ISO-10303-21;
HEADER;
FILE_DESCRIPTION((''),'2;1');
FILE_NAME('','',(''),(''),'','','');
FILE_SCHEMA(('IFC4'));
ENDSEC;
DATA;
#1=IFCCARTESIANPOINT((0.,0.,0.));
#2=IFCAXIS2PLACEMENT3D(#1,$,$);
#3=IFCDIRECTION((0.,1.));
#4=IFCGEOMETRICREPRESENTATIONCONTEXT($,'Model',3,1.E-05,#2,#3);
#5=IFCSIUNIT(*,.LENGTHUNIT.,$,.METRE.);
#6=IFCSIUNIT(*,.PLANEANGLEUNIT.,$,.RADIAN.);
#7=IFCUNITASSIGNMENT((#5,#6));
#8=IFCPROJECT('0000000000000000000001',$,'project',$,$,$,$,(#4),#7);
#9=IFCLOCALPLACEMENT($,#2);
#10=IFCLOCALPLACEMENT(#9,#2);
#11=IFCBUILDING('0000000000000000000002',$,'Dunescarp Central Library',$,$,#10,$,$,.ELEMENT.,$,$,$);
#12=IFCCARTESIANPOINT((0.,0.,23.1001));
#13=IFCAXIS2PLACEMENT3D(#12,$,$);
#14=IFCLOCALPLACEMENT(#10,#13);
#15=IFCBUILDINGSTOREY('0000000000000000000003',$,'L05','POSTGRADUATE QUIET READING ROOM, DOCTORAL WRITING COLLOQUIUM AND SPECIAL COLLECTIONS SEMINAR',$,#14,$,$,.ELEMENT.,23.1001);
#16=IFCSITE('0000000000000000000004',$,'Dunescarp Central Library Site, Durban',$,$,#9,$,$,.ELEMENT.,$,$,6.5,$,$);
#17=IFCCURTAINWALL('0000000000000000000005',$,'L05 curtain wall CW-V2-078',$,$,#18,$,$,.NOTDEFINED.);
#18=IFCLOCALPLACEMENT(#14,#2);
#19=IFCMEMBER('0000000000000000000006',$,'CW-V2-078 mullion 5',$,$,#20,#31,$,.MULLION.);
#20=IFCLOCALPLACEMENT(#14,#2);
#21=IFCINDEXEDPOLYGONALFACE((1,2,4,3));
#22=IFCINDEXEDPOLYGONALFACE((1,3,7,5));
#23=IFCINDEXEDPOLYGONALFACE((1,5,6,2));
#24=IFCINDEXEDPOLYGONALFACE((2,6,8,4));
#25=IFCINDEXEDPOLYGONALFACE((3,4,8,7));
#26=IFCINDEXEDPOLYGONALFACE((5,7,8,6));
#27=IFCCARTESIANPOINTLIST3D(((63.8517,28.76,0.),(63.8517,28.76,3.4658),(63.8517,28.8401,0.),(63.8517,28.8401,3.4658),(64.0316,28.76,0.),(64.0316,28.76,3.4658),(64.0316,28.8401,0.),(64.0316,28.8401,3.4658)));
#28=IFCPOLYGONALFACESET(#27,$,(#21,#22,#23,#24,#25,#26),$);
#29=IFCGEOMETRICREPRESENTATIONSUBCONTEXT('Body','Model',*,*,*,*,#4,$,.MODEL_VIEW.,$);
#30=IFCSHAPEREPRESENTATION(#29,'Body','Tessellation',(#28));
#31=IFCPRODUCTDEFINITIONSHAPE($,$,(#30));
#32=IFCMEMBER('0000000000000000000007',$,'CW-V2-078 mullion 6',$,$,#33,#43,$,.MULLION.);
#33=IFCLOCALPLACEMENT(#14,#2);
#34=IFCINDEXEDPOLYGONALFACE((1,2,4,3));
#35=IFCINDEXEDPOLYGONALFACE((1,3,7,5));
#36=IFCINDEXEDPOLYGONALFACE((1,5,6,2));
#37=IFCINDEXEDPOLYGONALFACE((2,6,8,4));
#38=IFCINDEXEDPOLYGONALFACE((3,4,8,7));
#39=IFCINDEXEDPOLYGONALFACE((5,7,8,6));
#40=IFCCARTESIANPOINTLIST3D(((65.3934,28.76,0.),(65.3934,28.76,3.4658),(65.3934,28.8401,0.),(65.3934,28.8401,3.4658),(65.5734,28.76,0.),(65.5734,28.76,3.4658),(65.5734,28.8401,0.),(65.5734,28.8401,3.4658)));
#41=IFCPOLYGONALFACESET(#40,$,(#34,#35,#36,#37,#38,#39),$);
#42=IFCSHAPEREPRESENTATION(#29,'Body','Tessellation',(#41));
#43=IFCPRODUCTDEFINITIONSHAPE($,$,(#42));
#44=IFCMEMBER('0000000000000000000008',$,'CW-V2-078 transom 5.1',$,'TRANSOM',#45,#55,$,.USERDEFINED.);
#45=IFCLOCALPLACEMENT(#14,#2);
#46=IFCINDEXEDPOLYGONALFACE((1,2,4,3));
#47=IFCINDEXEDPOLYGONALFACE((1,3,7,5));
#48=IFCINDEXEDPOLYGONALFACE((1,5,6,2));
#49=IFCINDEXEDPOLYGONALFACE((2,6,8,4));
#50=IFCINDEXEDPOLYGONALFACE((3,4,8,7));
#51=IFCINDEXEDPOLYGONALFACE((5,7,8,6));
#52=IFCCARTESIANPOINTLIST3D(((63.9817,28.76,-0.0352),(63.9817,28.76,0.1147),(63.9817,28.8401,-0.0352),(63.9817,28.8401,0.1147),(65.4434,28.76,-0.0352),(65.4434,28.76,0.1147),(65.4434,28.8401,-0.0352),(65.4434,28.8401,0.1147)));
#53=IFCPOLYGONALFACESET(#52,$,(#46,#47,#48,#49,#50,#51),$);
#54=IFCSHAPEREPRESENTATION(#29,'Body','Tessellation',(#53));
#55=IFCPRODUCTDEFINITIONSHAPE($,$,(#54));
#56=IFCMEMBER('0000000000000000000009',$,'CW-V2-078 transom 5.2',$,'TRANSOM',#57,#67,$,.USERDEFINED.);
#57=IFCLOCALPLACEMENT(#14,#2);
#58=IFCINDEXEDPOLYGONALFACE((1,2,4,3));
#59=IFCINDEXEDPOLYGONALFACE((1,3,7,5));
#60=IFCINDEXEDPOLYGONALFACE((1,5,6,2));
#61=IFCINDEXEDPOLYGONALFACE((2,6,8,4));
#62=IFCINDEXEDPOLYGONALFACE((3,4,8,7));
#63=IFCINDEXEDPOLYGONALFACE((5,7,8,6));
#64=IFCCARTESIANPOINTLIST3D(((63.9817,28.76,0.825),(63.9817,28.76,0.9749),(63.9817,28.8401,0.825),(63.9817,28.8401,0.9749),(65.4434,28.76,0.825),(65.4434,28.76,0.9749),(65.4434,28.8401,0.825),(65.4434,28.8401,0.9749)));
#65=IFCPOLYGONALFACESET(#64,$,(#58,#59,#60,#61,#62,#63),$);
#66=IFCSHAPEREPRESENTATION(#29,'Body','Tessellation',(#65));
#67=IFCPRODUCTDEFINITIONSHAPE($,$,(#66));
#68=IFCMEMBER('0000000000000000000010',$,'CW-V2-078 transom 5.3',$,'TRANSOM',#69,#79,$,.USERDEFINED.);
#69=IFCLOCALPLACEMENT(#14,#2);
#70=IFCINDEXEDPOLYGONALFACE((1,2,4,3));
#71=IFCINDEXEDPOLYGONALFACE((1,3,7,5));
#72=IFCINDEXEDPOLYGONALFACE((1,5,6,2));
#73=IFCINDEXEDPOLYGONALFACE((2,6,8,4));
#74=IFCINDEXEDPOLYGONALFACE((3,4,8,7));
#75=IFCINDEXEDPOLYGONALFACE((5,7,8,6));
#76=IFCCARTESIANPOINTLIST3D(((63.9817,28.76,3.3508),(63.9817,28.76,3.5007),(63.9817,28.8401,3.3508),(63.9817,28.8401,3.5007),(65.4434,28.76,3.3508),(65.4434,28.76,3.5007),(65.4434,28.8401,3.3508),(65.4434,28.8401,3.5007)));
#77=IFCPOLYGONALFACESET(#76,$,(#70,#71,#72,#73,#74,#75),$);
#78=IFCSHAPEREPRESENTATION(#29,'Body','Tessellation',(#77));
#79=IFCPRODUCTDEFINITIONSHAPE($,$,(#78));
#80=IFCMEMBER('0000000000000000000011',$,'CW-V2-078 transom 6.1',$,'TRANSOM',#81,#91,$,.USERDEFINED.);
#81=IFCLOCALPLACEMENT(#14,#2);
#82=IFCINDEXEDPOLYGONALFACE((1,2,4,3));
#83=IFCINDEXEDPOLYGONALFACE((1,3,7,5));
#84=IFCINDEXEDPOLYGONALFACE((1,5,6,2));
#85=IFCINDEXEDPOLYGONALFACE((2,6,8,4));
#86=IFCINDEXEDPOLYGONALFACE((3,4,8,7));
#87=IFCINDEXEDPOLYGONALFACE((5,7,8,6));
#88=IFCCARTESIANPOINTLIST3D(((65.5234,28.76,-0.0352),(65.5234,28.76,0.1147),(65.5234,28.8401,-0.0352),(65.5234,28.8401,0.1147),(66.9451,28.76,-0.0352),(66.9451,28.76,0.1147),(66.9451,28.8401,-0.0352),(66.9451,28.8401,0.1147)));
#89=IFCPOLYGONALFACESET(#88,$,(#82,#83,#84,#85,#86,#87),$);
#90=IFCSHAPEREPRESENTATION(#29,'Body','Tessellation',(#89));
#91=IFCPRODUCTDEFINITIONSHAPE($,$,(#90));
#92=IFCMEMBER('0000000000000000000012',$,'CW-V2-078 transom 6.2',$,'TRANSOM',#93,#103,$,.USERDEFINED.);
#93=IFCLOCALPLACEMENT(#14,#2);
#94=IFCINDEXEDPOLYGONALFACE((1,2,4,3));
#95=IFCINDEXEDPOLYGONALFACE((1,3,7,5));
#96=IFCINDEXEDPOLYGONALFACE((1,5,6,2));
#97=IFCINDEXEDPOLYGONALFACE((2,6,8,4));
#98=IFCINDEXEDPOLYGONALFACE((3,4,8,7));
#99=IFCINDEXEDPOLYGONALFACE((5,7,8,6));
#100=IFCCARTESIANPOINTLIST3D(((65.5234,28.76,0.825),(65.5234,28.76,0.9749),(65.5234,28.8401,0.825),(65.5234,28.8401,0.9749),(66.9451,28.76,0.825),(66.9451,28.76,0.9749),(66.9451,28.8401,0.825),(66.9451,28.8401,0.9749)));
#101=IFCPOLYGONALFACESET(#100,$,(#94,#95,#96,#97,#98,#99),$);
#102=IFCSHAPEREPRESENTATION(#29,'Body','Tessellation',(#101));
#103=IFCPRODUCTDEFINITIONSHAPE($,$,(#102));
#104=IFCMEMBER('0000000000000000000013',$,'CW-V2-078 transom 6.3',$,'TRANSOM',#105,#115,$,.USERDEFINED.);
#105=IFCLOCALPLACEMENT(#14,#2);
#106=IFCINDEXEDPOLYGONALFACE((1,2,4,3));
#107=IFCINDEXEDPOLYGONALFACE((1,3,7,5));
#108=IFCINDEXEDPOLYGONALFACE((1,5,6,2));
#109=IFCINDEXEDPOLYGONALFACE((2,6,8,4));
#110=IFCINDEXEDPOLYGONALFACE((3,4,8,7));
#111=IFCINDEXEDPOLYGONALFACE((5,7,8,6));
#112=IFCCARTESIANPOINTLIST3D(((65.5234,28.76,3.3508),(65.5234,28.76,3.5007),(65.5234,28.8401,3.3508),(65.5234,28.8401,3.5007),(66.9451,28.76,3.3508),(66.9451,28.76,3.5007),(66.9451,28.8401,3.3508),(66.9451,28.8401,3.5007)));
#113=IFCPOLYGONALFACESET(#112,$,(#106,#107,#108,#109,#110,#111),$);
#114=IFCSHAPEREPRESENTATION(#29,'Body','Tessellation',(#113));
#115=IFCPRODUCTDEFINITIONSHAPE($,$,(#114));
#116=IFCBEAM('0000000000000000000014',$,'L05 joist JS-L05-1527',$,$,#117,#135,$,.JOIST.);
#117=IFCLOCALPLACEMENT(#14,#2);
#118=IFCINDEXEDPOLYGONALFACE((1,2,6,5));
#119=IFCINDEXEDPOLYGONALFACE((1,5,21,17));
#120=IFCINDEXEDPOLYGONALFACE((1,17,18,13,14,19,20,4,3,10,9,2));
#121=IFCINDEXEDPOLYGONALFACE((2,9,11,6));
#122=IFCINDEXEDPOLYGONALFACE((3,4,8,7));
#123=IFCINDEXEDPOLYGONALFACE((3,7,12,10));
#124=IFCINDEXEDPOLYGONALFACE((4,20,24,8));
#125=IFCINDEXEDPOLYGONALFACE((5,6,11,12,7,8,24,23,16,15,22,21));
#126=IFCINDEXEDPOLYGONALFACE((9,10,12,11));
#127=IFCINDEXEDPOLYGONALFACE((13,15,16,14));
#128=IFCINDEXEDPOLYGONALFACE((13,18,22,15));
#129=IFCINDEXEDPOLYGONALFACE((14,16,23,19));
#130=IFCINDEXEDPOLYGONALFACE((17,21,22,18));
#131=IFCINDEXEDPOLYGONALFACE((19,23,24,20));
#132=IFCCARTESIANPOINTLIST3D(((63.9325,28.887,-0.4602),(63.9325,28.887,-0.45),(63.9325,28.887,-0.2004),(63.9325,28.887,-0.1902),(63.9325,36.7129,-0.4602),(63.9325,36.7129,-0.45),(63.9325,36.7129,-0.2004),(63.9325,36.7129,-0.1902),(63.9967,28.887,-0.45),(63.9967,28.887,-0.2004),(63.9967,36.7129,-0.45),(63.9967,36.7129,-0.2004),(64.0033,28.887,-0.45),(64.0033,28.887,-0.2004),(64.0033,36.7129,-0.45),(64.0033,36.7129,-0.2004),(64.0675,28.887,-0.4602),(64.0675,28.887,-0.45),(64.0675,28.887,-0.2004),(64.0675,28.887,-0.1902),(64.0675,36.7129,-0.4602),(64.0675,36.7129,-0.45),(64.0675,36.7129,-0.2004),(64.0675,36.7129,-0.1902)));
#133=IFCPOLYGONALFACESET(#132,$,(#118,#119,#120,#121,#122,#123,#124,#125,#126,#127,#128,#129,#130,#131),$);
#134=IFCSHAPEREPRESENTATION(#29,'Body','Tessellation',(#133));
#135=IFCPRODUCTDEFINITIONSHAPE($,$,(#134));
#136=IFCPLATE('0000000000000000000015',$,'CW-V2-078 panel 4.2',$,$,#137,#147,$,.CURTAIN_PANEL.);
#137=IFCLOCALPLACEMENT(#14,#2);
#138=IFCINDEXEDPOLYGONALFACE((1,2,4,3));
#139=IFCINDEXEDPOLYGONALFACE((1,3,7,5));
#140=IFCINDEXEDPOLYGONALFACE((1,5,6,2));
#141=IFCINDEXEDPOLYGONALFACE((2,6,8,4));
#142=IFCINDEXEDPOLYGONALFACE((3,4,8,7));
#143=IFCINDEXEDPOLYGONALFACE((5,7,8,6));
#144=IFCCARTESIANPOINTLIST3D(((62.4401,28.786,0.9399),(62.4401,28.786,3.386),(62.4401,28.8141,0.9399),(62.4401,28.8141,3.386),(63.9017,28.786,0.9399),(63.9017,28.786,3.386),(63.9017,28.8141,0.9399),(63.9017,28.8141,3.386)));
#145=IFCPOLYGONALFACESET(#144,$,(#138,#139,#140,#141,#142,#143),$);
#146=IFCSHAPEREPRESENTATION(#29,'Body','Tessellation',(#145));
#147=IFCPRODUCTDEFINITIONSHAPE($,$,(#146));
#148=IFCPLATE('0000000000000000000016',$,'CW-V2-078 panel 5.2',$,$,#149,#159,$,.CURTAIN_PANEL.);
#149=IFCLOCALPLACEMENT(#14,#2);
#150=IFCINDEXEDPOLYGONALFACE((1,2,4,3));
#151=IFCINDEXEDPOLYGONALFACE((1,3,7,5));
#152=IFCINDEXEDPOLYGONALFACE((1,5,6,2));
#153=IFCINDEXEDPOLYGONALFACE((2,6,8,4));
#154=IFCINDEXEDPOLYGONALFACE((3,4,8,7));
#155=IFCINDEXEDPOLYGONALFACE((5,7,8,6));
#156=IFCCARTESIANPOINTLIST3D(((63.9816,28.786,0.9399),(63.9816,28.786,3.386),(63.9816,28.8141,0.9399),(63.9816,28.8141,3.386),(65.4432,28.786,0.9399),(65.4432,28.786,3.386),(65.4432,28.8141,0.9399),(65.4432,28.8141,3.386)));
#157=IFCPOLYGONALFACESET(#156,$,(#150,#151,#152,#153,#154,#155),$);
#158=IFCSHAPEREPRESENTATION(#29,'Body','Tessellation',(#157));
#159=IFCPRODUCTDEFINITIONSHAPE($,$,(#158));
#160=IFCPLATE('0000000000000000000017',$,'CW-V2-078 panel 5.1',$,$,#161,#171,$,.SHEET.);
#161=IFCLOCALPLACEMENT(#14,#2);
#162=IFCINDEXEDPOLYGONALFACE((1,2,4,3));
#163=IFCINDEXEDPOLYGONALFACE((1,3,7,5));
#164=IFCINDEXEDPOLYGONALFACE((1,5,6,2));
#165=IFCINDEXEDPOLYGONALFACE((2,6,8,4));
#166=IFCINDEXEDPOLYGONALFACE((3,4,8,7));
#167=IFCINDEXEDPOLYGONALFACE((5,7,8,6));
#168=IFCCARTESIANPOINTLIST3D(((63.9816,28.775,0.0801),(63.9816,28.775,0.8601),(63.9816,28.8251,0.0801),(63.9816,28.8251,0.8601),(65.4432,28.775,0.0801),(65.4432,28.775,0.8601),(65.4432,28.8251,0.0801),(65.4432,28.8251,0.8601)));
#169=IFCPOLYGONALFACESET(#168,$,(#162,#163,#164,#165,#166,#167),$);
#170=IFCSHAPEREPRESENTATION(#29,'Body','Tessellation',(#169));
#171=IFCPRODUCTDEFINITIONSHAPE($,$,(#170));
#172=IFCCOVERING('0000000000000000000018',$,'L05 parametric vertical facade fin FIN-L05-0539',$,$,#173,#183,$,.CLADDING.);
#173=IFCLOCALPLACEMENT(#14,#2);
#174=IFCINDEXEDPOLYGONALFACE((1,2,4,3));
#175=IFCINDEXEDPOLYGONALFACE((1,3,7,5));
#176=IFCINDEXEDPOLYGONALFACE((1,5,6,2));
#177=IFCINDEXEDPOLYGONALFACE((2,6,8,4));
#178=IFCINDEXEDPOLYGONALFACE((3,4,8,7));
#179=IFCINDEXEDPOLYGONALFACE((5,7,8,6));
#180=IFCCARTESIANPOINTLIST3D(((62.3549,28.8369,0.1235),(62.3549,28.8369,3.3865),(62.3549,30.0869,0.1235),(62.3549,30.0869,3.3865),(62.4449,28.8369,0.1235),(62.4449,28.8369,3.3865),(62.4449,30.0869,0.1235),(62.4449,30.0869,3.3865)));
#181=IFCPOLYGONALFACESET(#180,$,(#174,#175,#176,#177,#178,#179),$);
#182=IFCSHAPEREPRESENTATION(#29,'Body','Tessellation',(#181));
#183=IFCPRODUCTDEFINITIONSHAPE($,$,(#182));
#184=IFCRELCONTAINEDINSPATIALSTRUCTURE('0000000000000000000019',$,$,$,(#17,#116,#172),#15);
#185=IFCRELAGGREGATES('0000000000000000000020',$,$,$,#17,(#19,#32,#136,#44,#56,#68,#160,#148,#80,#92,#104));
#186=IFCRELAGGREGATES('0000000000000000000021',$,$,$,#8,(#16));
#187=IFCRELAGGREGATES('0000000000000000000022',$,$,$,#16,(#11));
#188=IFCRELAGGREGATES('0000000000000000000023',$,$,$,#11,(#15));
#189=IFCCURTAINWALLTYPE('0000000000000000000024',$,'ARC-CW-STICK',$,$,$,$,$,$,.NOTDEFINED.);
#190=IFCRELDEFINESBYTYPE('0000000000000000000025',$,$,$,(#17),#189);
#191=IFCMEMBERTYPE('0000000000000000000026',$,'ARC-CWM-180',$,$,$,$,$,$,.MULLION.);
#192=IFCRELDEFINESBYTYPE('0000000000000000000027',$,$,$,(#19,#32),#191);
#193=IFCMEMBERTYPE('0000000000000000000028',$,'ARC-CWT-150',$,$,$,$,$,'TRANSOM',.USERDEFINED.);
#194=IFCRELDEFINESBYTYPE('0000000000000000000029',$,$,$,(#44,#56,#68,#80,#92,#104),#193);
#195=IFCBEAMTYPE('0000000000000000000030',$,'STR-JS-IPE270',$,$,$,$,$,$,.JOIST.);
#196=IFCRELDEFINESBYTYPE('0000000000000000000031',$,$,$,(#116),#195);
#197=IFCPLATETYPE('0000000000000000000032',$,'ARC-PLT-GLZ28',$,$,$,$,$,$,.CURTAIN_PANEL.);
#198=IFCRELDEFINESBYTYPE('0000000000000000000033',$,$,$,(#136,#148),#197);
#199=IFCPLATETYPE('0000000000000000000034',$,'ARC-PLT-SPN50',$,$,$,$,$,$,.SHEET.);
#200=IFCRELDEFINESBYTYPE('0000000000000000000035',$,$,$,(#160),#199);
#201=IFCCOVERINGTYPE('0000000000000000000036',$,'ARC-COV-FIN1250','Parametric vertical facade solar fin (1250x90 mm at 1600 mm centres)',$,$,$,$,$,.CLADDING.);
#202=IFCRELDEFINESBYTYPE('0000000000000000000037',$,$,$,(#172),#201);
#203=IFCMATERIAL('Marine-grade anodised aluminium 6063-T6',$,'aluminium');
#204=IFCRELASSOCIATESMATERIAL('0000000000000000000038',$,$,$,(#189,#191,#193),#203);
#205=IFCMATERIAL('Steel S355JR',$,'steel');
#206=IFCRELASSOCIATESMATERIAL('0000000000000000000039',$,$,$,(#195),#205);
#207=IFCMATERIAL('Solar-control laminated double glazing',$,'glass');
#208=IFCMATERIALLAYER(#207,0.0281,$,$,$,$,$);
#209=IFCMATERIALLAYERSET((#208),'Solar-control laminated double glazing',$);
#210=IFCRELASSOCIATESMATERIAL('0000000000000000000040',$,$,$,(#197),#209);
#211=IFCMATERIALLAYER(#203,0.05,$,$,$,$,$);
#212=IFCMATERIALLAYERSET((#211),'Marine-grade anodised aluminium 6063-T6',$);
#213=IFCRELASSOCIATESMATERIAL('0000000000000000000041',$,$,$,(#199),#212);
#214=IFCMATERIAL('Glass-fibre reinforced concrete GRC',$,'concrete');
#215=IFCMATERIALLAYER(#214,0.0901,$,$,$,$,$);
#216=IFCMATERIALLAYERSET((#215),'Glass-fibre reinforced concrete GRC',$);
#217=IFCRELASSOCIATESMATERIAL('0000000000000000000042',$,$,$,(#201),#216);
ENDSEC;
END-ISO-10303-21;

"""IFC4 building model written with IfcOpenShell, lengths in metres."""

from ifc_helpers import new_model, si_unit, direction, frame, origin, origin_2d, place, context, subcontext, project, spatial, rectangle, i_section, extrude, material, layer, layer_set, material_profile, profile_set, type_object, element, aggregate, save


model = new_model("IFC4")

# Units and contexts
model_context = context("Model", 3, precision=1e-05, world=origin(), true_north=direction((0.0, 1.0)))
body_context = subcontext(model_context, "Body", "Model", "MODEL_VIEW")
ifc_project = project(units=[si_unit("LENGTHUNIT", "METRE"), si_unit("PLANEANGLEUNIT", "RADIAN")], contexts=[model_context])

# Site, building, storey
site_placement = place(None, origin())
site = spatial("IfcSite", under=ifc_project, at=site_placement, Name="Dunescarp Central Library Site, Durban", CompositionType="ELEMENT", RefElevation=6.5)
building_placement = place(site_placement, origin())
building = spatial("IfcBuilding", under=site, at=building_placement, Name="Dunescarp Central Library", CompositionType="ELEMENT")
storey_placement = place(building_placement, frame((0.0, 0.0, 23.1001)))
storey = spatial("IfcBuildingStorey", under=building, at=storey_placement, Name="L05", Description="POSTGRADUATE QUIET READING ROOM, DOCTORAL WRITING COLLOQUIUM AND SPECIAL COLLECTIONS SEMINAR", CompositionType="ELEMENT", Elevation=23.1001)

# Curtain wall, members
ifc_material_1 = material(Name="Marine-grade anodised aluminium 6063-T6", Category="aluminium")
curtain_wall_type = type_object("IfcCurtainWallType", Name="ARC-CW-STICK", PredefinedType="NOTDEFINED", material=ifc_material_1)
curtain_wall_placement = place(storey_placement, origin())
curtain_wall = element("IfcCurtainWall", 1, at=curtain_wall_placement, inside=storey, type_object=curtain_wall_type, Name="L05 curtain wall CW-V2-078", PredefinedType="NOTDEFINED")
ifc_material_profile_1 = material_profile(ifc_material_1, rectangle(XDim=0.0801, YDim=0.1799, at=origin_2d()), Name="AL 80x180")
ifc_profile_set_1 = profile_set([ifc_material_profile_1], Name="Marine-grade anodised aluminium 6063-T6")
member_type_1 = type_object("IfcMemberType", Name="ARC-CWM-180", PredefinedType="MULLION", material=ifc_profile_set_1)
member_1_placement = place(storey_placement, frame((63.9417, 28.8, 0.0), z_axis=(0.0, 0.0, 1.0), x_axis=(0.0, 1.0, 0.0)))
member_1 = element("IfcMember", 2, at=member_1_placement, type_object=member_type_1, Name="CW-V2-078 mullion 5", PredefinedType="MULLION", context=body_context, shape_type="SweptSolid", body=[
    extrude(rectangle(XDim=0.0801, YDim=0.1799, at=origin_2d()), origin(), (0.0, 0.0, 1.0), 3.4658),
])
member_2_placement = place(storey_placement, frame((65.4834, 28.8, 0.0), z_axis=(0.0, 0.0, 1.0), x_axis=(0.0, 1.0, 0.0)))
member_2 = element("IfcMember", 3, at=member_2_placement, type_object=member_type_1, Name="CW-V2-078 mullion 6", PredefinedType="MULLION", context=body_context, shape_type="SweptSolid", body=[
    extrude(rectangle(XDim=0.0801, YDim=0.1799, at=origin_2d()), origin(), (0.0, 0.0, 1.0), 3.4658),
])
ifc_material_profile_2 = material_profile(ifc_material_1, rectangle(XDim=0.0801, YDim=0.1499, at=origin_2d()), Name="AL 80x150")
ifc_profile_set_2 = profile_set([ifc_material_profile_2], Name="Marine-grade anodised aluminium 6063-T6")
member_type_2 = type_object("IfcMemberType", Name="ARC-CWT-150", ElementType="TRANSOM", PredefinedType="USERDEFINED", material=ifc_profile_set_2)
member_3_placement = place(storey_placement, frame((63.9817, 28.8, 0.0398), z_axis=(1.0, 0.0, 0.0), x_axis=(0.0, 1.0, 0.0)))
member_3 = element("IfcMember", 4, at=member_3_placement, type_object=member_type_2, Name="CW-V2-078 transom 5.1", ObjectType="TRANSOM", PredefinedType="USERDEFINED", context=body_context, shape_type="SweptSolid", body=[
    extrude(rectangle(XDim=0.0801, YDim=0.1499, at=origin_2d()), origin(), (0.0, 0.0, 1.0), 1.4617),
])
member_4_placement = place(storey_placement, frame((63.9817, 28.8, 0.8999), z_axis=(1.0, 0.0, 0.0), x_axis=(0.0, 1.0, 0.0)))
member_4 = element("IfcMember", 5, at=member_4_placement, type_object=member_type_2, Name="CW-V2-078 transom 5.2", ObjectType="TRANSOM", PredefinedType="USERDEFINED", context=body_context, shape_type="SweptSolid", body=[
    extrude(rectangle(XDim=0.0801, YDim=0.1499, at=origin_2d()), origin(), (0.0, 0.0, 1.0), 1.4617),
])
member_5_placement = place(storey_placement, frame((63.9817, 28.8, 3.4258), z_axis=(1.0, 0.0, 0.0), x_axis=(0.0, 1.0, 0.0)))
member_5 = element("IfcMember", 6, at=member_5_placement, type_object=member_type_2, Name="CW-V2-078 transom 5.3", ObjectType="TRANSOM", PredefinedType="USERDEFINED", context=body_context, shape_type="SweptSolid", body=[
    extrude(rectangle(XDim=0.0801, YDim=0.1499, at=origin_2d()), origin(), (0.0, 0.0, 1.0), 1.4617),
])
member_6_placement = place(storey_placement, frame((65.5234, 28.8, 0.0398), z_axis=(1.0, 0.0, 0.0), x_axis=(0.0, 1.0, 0.0)))
member_6 = element("IfcMember", 7, at=member_6_placement, type_object=member_type_2, Name="CW-V2-078 transom 6.1", ObjectType="TRANSOM", PredefinedType="USERDEFINED", context=body_context, shape_type="SweptSolid", body=[
    extrude(rectangle(XDim=0.0801, YDim=0.1499, at=origin_2d()), origin(), (0.0, 0.0, 1.0), 1.4216),
])
member_7_placement = place(storey_placement, frame((65.5234, 28.8, 0.8999), z_axis=(1.0, 0.0, 0.0), x_axis=(0.0, 1.0, 0.0)))
member_7 = element("IfcMember", 8, at=member_7_placement, type_object=member_type_2, Name="CW-V2-078 transom 6.2", ObjectType="TRANSOM", PredefinedType="USERDEFINED", context=body_context, shape_type="SweptSolid", body=[
    extrude(rectangle(XDim=0.0801, YDim=0.1499, at=origin_2d()), origin(), (0.0, 0.0, 1.0), 1.4216),
])
member_8_placement = place(storey_placement, frame((65.5234, 28.8, 3.4258), z_axis=(1.0, 0.0, 0.0), x_axis=(0.0, 1.0, 0.0)))
member_8 = element("IfcMember", 9, at=member_8_placement, type_object=member_type_2, Name="CW-V2-078 transom 6.3", ObjectType="TRANSOM", PredefinedType="USERDEFINED", context=body_context, shape_type="SweptSolid", body=[
    extrude(rectangle(XDim=0.0801, YDim=0.1499, at=origin_2d()), origin(), (0.0, 0.0, 1.0), 1.4216),
])

# Beam
ifc_material_2 = material(Name="Steel S355JR", Category="steel")
ifc_material_profile_3 = material_profile(ifc_material_2, i_section(OverallWidth=0.135, OverallDepth=0.27, WebThickness=0.0066, FlangeThickness=0.0103, at=origin_2d()), Name="IPE 270")
ifc_profile_set_3 = profile_set([ifc_material_profile_3], Name="Steel S355JR")
beam_type = type_object("IfcBeamType", Name="STR-JS-IPE270", PredefinedType="JOIST", material=ifc_profile_set_3)
beam_placement = place(storey_placement, frame((64.0, 28.887, -0.3252), z_axis=(0.0, 1.0, 0.0), x_axis=(-1.0, 0.0, 0.0)))
element("IfcBeam", 10, at=beam_placement, inside=storey, type_object=beam_type, Name="L05 joist JS-L05-1527", PredefinedType="JOIST", context=body_context, shape_type="SweptSolid", body=[
    extrude(i_section(OverallWidth=0.135, OverallDepth=0.27, WebThickness=0.0066, FlangeThickness=0.0103, at=origin_2d()), origin(), (0.0, 0.0, 1.0), 7.8259),
])

# Plates
ifc_material_3 = material(Name="Solar-control laminated double glazing", Category="glass")
ifc_layer_1 = layer(ifc_material_3, 0.0281)
ifc_layer_set_1 = layer_set([ifc_layer_1], Name="Solar-control laminated double glazing")
plate_type_1 = type_object("IfcPlateType", Name="ARC-PLT-GLZ28", PredefinedType="CURTAIN_PANEL", material=ifc_layer_set_1)
plate_1_placement = place(storey_placement, frame((63.1709, 28.8, 0.9399), z_axis=(0.0, 0.0, 1.0), x_axis=(1.0, 0.0, 0.0)))
plate_1 = element("IfcPlate", 11, at=plate_1_placement, type_object=plate_type_1, Name="CW-V2-078 panel 4.2", PredefinedType="CURTAIN_PANEL", context=body_context, shape_type="SweptSolid", body=[
    extrude(rectangle(XDim=1.4617, YDim=0.0281, at=origin_2d()), origin(), (0.0, 0.0, 1.0), 2.446),
])
plate_2_placement = place(storey_placement, frame((64.7124, 28.8, 0.9399), z_axis=(0.0, 0.0, 1.0), x_axis=(1.0, 0.0, 0.0)))
plate_2 = element("IfcPlate", 12, at=plate_2_placement, type_object=plate_type_1, Name="CW-V2-078 panel 5.2", PredefinedType="CURTAIN_PANEL", context=body_context, shape_type="SweptSolid", body=[
    extrude(rectangle(XDim=1.4617, YDim=0.0281, at=origin_2d()), origin(), (0.0, 0.0, 1.0), 2.446),
])
ifc_layer_2 = layer(ifc_material_1, 0.05)
ifc_layer_set_2 = layer_set([ifc_layer_2], Name="Marine-grade anodised aluminium 6063-T6")
plate_type_2 = type_object("IfcPlateType", Name="ARC-PLT-SPN50", PredefinedType="SHEET", material=ifc_layer_set_2)
plate_3_placement = place(storey_placement, frame((64.7124, 28.8, 0.0801), z_axis=(0.0, 0.0, 1.0), x_axis=(1.0, 0.0, 0.0)))
plate_3 = element("IfcPlate", 13, at=plate_3_placement, type_object=plate_type_2, Name="CW-V2-078 panel 5.1", PredefinedType="SHEET", context=body_context, shape_type="SweptSolid", body=[
    extrude(rectangle(XDim=1.4617, YDim=0.05, at=origin_2d()), origin(), (0.0, 0.0, 1.0), 0.78),
])
aggregate(curtain_wall, [member_1, member_2, plate_1, member_3, member_4, member_5, plate_3, plate_2, member_6, member_7, member_8])

# Covering
ifc_material_4 = material(Name="Glass-fibre reinforced concrete GRC", Category="concrete")
ifc_layer_3 = layer(ifc_material_4, 0.0901)
ifc_layer_set_3 = layer_set([ifc_layer_3], Name="Glass-fibre reinforced concrete GRC")
covering_type = type_object("IfcCoveringType", Name="ARC-COV-FIN1250", Description="Parametric vertical facade solar fin (1250x90 mm at 1600 mm centres)", PredefinedType="CLADDING", material=ifc_layer_set_3)
covering_1_placement = place(storey_placement, frame((62.3999, 29.4619, 0.1235), z_axis=(0.0, 0.0, 1.0), x_axis=(0.0, 1.0, 0.0)))
element("IfcCovering", 14, at=covering_1_placement, inside=storey, type_object=covering_type, Name="L05 parametric vertical facade fin FIN-L05-0539", PredefinedType="CLADDING", context=body_context, shape_type="SweptSolid", body=[
    extrude(rectangle(XDim=1.25, YDim=0.0901, at=origin_2d()), origin(), (0.0, 0.0, 1.0), 3.2629),
])

save(model, "model.ifc")
